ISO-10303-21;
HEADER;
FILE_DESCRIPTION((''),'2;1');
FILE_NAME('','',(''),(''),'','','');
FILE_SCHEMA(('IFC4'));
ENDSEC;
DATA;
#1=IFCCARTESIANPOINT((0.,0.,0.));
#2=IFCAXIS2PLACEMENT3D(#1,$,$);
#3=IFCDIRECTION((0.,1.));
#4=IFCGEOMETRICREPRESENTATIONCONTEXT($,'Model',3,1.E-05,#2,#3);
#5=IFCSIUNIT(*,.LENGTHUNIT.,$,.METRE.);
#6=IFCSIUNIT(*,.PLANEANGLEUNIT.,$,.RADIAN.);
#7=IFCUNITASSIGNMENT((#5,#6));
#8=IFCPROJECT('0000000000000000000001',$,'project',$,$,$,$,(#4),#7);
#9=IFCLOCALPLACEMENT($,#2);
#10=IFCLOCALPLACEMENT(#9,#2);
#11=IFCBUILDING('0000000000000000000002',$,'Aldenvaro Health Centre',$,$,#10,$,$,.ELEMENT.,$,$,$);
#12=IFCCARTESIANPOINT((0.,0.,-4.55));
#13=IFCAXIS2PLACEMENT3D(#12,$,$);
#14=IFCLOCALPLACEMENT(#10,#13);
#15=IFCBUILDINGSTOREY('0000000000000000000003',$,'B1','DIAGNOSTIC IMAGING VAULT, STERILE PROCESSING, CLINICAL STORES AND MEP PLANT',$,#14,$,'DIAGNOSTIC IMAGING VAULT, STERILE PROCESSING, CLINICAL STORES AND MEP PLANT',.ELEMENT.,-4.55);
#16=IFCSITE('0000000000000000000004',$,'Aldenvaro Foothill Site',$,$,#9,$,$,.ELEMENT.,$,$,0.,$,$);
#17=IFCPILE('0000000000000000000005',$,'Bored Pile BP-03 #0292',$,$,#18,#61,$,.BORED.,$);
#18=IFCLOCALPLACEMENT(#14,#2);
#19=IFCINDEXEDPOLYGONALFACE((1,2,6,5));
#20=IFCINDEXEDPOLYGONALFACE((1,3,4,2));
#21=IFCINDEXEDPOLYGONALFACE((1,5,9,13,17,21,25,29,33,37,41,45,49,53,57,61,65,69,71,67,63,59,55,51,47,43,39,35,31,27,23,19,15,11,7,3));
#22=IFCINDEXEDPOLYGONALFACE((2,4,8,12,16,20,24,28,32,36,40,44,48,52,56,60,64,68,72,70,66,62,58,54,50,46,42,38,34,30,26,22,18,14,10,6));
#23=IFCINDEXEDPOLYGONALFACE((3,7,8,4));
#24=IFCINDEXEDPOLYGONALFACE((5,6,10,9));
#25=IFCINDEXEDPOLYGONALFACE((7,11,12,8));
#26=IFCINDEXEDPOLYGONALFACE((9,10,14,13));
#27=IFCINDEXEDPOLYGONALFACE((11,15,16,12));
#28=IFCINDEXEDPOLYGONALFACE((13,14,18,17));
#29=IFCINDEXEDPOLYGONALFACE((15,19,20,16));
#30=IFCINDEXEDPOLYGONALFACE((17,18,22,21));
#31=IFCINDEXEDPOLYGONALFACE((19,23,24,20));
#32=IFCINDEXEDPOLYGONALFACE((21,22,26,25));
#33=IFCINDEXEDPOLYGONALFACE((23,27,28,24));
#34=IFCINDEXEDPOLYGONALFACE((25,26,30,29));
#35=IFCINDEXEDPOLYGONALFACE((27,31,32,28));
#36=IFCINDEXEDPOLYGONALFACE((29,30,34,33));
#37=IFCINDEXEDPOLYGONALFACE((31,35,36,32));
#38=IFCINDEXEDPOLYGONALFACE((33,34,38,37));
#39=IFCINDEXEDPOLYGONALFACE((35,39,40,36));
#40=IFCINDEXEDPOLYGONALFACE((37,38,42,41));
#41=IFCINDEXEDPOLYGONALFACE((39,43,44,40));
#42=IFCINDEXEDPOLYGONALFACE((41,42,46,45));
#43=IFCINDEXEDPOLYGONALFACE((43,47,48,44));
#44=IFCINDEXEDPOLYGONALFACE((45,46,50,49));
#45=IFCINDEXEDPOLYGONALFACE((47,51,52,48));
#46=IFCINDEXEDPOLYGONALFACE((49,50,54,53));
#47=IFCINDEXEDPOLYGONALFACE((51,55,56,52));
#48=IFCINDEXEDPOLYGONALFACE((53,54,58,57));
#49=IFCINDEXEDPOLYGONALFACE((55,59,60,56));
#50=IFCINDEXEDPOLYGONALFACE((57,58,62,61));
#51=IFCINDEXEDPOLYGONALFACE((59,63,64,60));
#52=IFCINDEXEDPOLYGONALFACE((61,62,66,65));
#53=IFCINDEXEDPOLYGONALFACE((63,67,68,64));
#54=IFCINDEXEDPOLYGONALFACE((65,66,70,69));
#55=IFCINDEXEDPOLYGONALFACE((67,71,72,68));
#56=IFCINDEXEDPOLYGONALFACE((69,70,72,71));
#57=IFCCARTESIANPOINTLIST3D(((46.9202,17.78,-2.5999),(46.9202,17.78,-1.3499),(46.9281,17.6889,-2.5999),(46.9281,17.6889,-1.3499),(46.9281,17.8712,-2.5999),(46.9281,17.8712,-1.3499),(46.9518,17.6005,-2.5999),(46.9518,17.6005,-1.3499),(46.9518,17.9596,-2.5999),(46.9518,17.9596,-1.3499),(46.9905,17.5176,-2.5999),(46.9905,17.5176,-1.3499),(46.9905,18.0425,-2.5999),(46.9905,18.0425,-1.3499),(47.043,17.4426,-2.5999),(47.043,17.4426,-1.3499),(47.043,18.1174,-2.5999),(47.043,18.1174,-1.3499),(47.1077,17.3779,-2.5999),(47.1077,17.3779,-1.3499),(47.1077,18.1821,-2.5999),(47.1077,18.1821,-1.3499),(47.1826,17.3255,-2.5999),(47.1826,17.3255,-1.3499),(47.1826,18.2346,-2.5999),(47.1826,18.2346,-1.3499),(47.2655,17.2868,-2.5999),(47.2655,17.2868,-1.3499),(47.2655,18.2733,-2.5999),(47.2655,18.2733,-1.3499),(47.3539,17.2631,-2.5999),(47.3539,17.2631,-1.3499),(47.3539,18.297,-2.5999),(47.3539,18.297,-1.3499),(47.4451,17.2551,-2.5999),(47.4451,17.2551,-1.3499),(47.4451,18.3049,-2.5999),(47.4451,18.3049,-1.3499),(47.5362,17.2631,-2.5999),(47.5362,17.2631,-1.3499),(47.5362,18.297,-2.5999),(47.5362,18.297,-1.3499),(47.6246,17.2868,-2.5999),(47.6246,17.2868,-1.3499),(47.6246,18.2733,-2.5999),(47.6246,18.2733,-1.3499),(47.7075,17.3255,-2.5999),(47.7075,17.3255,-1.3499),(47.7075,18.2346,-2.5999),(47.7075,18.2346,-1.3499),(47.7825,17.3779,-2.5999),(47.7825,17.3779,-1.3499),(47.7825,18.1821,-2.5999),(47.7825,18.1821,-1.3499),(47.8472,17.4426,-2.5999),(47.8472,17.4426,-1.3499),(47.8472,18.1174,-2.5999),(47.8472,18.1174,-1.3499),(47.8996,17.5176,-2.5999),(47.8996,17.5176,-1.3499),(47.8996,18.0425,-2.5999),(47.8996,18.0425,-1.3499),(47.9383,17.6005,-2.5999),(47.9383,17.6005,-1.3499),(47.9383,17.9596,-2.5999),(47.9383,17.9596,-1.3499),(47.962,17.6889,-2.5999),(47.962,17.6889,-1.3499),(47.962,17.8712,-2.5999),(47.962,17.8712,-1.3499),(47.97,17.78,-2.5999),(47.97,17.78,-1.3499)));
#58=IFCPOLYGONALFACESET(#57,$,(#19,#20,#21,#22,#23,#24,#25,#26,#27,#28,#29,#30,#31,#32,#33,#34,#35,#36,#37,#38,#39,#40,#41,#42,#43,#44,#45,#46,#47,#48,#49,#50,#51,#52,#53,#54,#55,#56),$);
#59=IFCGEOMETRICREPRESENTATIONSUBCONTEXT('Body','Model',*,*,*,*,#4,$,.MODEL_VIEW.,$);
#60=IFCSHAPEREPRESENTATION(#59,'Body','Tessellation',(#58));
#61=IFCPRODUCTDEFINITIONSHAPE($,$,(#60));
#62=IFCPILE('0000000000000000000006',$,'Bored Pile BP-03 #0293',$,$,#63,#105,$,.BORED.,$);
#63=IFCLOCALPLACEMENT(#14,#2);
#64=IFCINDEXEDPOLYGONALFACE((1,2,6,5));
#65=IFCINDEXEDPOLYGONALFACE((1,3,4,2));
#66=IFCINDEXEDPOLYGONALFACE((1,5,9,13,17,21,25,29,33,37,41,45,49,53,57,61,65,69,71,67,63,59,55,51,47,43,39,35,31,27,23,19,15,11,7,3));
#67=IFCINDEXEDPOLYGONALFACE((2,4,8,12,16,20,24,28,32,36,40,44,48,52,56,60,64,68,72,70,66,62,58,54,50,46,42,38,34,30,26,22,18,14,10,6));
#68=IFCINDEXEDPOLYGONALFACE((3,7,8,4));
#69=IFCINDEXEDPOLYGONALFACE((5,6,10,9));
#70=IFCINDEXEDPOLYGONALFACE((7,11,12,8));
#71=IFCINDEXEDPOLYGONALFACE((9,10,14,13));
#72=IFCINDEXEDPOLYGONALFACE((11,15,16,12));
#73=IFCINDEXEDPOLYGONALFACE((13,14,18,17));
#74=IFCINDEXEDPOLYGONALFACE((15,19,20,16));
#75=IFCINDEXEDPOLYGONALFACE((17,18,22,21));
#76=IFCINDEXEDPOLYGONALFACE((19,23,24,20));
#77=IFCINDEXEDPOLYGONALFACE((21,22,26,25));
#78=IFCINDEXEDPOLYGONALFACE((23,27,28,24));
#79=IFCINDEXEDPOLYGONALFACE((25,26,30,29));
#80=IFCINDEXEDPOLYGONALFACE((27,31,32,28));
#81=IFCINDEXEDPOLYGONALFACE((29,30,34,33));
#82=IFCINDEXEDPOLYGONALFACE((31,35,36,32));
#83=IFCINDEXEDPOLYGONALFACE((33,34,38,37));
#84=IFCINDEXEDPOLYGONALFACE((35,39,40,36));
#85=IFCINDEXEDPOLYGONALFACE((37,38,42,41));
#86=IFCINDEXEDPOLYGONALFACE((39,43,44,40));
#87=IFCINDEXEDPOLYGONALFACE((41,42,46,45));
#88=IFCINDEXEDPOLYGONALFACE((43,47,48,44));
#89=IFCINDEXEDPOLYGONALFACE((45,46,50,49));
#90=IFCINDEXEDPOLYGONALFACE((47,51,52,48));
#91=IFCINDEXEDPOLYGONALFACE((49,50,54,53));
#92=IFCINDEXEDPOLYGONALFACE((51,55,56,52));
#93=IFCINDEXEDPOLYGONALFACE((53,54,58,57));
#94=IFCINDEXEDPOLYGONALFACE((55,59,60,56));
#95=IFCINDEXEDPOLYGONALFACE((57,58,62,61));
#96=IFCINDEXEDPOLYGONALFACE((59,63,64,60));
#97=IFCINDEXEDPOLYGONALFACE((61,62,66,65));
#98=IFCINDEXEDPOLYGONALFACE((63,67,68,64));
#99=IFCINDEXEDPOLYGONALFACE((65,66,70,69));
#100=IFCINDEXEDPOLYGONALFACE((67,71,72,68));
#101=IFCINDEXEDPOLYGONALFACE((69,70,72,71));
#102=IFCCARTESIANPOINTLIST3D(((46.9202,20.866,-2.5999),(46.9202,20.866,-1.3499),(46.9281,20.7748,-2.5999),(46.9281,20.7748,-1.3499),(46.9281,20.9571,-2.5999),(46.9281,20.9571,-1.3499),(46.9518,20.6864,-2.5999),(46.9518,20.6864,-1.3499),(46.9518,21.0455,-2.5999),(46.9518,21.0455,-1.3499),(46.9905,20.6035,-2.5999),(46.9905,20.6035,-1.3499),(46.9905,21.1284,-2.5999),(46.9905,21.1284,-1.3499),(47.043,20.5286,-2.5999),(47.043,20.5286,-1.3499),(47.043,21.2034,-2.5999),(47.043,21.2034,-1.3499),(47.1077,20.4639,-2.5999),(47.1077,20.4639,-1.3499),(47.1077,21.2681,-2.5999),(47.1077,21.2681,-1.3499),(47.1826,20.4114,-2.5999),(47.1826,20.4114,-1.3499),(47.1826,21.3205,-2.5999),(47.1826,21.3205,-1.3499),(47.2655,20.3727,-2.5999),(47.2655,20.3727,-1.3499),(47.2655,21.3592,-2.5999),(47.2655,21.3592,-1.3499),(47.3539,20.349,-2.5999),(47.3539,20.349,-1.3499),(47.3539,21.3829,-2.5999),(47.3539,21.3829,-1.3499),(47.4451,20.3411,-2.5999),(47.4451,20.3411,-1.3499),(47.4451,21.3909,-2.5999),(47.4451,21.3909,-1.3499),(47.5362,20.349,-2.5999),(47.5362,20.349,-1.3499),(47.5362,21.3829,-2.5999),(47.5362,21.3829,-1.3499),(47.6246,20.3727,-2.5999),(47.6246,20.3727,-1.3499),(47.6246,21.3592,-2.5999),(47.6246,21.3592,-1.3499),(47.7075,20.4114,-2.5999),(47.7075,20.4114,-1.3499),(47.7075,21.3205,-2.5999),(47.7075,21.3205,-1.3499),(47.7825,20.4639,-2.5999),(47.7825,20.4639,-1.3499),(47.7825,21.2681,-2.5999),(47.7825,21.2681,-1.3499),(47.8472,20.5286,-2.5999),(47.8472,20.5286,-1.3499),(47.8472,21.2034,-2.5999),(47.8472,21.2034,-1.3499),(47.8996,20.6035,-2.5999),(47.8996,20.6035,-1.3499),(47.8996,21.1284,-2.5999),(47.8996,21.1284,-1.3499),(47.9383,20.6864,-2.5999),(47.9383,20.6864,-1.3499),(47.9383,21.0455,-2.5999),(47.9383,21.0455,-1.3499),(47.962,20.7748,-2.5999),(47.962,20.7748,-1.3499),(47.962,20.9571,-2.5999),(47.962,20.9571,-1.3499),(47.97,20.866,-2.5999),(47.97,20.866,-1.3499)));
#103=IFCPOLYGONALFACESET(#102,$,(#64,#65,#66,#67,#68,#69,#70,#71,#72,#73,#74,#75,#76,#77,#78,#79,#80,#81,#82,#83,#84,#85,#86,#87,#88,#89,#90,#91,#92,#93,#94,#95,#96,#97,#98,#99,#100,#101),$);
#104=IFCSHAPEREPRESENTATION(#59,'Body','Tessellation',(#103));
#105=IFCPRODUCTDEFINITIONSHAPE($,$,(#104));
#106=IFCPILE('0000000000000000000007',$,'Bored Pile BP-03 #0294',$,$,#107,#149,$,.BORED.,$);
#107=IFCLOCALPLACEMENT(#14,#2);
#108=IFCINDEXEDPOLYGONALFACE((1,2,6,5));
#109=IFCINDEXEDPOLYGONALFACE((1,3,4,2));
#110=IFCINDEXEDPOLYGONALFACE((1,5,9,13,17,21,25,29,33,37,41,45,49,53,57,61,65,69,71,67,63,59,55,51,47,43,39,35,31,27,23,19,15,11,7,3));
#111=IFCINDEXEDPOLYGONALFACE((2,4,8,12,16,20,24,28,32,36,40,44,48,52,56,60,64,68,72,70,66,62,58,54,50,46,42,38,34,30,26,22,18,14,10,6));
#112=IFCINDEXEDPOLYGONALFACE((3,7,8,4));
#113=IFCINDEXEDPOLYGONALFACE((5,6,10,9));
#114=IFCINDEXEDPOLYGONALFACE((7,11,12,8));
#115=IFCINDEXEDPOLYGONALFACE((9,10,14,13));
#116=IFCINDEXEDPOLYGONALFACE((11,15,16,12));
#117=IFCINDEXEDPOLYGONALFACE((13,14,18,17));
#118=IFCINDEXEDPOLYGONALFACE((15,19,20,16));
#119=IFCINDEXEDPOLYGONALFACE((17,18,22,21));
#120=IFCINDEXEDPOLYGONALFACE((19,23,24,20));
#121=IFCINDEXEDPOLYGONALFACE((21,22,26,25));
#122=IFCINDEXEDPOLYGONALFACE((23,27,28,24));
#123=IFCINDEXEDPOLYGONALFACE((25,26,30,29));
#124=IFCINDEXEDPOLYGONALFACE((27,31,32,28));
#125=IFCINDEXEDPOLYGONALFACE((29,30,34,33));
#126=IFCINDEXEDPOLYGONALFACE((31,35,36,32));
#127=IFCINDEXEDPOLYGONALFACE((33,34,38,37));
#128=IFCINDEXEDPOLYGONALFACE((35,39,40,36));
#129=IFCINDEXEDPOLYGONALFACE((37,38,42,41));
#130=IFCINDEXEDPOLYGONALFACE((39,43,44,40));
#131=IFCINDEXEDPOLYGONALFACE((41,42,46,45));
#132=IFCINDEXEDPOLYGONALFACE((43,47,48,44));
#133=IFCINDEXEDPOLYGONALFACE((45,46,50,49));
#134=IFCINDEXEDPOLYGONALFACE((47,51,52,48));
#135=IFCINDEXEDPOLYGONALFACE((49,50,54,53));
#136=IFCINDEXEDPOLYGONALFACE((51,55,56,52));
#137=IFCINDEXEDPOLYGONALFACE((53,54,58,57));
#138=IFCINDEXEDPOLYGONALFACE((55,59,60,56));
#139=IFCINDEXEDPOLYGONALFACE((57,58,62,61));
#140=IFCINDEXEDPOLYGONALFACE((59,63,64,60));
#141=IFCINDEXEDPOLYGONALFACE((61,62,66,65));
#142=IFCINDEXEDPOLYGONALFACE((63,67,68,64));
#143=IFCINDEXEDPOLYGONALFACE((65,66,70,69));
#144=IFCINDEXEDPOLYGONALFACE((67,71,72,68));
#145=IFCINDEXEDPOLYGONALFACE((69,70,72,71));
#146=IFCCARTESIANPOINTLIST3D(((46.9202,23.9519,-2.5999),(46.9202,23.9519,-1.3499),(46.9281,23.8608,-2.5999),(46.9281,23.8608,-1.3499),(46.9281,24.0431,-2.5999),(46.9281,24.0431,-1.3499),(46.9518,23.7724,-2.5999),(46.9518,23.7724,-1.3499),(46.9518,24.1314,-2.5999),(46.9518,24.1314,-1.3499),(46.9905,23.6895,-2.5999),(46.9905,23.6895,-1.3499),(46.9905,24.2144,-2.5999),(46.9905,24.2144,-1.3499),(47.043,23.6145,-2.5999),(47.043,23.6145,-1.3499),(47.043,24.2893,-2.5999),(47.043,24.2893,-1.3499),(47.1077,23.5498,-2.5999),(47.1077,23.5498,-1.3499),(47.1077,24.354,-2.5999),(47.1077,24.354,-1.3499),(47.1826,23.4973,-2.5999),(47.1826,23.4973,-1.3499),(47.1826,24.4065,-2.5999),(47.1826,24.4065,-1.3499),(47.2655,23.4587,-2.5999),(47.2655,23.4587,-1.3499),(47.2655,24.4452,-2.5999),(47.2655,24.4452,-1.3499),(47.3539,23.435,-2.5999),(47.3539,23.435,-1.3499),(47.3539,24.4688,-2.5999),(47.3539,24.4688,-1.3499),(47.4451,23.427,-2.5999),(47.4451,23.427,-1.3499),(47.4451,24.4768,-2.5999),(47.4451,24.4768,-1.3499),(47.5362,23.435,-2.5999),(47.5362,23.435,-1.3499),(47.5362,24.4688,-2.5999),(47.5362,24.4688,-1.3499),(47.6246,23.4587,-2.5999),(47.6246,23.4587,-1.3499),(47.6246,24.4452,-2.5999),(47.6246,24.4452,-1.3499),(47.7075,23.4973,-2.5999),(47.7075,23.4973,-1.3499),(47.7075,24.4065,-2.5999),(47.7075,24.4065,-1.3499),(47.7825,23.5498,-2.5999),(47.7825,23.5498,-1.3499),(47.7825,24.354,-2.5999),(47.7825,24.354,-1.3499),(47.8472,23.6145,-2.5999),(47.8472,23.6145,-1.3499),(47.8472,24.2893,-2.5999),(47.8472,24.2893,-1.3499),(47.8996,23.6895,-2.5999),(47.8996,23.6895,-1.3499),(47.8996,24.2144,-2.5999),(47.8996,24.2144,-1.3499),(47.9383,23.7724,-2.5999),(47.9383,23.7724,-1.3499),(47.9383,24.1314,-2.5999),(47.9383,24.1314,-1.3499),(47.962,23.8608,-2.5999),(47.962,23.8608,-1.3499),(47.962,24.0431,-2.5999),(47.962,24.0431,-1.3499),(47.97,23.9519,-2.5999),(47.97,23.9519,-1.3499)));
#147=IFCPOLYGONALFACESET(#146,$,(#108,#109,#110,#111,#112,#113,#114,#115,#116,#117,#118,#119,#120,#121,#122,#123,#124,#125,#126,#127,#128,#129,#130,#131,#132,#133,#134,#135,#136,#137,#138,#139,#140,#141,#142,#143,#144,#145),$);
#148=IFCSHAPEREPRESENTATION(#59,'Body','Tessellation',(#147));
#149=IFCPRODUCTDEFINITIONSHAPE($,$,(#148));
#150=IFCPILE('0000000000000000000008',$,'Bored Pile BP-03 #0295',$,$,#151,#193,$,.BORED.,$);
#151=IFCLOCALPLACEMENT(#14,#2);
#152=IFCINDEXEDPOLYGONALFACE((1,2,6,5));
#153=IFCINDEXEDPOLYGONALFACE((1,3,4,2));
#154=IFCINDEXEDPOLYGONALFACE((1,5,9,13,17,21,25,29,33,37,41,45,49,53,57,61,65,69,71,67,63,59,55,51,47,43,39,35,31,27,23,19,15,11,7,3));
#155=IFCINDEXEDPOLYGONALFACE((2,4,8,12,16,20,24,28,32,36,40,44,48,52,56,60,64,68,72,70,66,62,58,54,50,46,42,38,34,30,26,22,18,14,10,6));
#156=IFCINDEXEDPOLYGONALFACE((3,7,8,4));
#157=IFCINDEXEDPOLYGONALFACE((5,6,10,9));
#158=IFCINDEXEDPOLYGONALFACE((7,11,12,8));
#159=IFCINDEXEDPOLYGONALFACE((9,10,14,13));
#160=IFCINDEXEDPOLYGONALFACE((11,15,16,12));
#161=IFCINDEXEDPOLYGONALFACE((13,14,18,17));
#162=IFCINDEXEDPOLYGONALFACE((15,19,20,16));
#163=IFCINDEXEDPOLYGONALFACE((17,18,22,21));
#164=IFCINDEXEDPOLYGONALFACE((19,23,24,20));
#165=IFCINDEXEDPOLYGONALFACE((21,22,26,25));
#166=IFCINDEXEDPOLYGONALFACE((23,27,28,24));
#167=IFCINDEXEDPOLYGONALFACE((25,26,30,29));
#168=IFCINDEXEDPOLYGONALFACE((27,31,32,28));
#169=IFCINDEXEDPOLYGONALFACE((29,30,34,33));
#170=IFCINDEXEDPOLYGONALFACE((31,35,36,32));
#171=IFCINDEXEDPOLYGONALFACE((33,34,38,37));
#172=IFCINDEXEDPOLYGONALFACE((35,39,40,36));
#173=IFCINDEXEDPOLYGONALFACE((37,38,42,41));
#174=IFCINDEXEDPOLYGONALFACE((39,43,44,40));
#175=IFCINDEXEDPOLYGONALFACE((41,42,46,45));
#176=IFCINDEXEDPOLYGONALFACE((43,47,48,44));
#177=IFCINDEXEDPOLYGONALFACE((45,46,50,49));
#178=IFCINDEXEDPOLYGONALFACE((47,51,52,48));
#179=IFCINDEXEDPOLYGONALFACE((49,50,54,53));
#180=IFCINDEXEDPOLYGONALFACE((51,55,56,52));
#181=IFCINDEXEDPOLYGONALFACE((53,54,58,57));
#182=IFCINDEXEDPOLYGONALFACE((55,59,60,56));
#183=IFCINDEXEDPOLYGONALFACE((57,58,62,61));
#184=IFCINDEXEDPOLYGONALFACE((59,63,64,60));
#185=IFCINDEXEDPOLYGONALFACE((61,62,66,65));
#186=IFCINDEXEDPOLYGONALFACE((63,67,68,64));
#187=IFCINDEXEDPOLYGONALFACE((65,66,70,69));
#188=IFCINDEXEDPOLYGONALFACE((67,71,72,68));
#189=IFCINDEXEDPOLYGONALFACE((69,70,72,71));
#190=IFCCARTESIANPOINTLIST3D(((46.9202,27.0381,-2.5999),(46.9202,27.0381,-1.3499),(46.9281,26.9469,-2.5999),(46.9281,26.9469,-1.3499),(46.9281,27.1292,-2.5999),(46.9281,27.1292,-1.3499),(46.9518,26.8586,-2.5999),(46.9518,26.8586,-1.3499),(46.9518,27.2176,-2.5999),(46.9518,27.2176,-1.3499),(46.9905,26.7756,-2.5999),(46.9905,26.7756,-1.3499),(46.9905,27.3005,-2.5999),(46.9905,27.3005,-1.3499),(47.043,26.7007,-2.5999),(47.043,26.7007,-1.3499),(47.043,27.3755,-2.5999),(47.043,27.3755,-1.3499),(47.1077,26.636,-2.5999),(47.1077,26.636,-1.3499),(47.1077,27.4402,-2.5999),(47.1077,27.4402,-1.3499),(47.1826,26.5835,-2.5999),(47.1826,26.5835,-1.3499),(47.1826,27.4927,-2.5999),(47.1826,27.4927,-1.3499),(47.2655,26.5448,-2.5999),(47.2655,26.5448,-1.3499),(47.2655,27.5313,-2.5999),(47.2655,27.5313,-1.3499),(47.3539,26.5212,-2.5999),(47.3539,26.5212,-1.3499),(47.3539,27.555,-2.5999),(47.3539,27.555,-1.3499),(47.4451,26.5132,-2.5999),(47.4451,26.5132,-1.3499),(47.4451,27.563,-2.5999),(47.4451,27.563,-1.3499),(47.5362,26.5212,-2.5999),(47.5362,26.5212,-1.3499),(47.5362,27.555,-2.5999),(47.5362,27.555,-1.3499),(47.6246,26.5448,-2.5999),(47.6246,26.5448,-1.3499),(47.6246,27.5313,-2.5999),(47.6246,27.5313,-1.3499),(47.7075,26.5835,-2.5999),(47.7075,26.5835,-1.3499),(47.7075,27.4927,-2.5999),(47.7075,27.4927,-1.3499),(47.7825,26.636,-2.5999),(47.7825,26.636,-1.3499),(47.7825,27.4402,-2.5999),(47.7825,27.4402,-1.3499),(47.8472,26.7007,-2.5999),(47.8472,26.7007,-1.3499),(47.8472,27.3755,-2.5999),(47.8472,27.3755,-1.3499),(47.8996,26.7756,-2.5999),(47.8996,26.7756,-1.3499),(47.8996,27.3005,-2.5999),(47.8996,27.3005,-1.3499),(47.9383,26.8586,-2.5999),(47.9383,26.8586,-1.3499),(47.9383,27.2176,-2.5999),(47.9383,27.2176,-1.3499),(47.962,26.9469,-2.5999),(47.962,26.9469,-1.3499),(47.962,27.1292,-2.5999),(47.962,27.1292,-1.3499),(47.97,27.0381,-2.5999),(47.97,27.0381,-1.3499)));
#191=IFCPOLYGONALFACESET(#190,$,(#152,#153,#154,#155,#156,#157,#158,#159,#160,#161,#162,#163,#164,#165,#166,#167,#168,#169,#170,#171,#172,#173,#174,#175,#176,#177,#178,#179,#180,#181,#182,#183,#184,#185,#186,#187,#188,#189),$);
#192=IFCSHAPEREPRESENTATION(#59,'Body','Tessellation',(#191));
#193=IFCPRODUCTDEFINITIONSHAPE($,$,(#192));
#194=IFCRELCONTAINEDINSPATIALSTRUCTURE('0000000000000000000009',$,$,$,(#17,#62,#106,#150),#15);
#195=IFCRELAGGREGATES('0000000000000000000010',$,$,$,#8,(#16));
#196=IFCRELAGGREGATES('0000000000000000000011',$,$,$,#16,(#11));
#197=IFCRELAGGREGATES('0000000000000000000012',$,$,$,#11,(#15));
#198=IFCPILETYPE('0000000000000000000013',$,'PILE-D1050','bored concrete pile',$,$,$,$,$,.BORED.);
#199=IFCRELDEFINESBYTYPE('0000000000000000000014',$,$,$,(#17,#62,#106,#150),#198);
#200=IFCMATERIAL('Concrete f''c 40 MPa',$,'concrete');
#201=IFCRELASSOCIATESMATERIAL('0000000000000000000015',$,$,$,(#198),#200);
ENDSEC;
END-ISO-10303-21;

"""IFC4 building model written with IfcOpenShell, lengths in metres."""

from ifc_helpers import new_model, si_unit, direction, frame, origin, origin_2d, place, context, subcontext, project, spatial, circle, extrude, material, material_profile, profile_set, type_object, element, save


model = new_model("IFC4")

# Units and contexts
model_context = context("Model", 3, precision=1e-05, world=origin(), true_north=direction((0.0, 1.0)))
body_context = subcontext(model_context, "Body", "Model", "MODEL_VIEW")
ifc_project = project(units=[si_unit("LENGTHUNIT", "METRE"), si_unit("PLANEANGLEUNIT", "RADIAN")], contexts=[model_context])

# Site, building, storey
site_placement = place(None, origin())
site = spatial("IfcSite", under=ifc_project, at=site_placement, Name="Aldenvaro Foothill Site", CompositionType="ELEMENT", RefElevation=0.0)
building_placement = place(site_placement, origin())
building = spatial("IfcBuilding", under=site, at=building_placement, Name="Aldenvaro Health Centre", CompositionType="ELEMENT")
storey_placement = place(building_placement, frame((0.0, 0.0, -4.55)))
storey = spatial("IfcBuildingStorey", under=building, at=storey_placement, Name="B1", Description="DIAGNOSTIC IMAGING VAULT, STERILE PROCESSING, CLINICAL STORES AND MEP PLANT", LongName="DIAGNOSTIC IMAGING VAULT, STERILE PROCESSING, CLINICAL STORES AND MEP PLANT", CompositionType="ELEMENT", Elevation=-4.55)

# Piles
ifc_material = material(Name="Concrete f'c 40 MPa", Category="concrete")
ifc_material_profile_1 = material_profile(ifc_material, circle(Radius=0.5249, at=origin_2d()), Name="PILE D1050", Category="concrete")
ifc_profile_set_1 = profile_set([ifc_material_profile_1], Name="Concrete f'c 40 MPa")
pile_type = type_object("IfcPileType", Name="PILE-D1050", Description="bored concrete pile", PredefinedType="BORED", material=ifc_profile_set_1)
for number, where, z_axis, x_axis, name in (
    (1, (47.4451, 17.78, -1.3499), (0.0, 0.0, -1.0), (1.0, 0.0, 0.0), "Bored Pile BP-03 #0292"),
    (2, (47.4451, 20.866, -1.3499), (0.0, 0.0, -1.0), (1.0, 0.0, 0.0), "Bored Pile BP-03 #0293"),
    (3, (47.4451, 23.9519, -1.3499), (0.0, 0.0, -1.0), (1.0, 0.0, 0.0), "Bored Pile BP-03 #0294"),
    (4, (47.4451, 27.0381, -1.3499), (0.0, 0.0, -1.0), (1.0, 0.0, 0.0), "Bored Pile BP-03 #0295"),
):
    element("IfcPile", number, at=place(storey_placement, frame(where, z_axis=z_axis, x_axis=x_axis)), inside=storey, type_object=pile_type, Name=name, PredefinedType="BORED", context=body_context, shape_type="SweptSolid", body=[
        extrude(circle(Radius=0.5249, at=origin_2d()), origin(), (0.0, 0.0, 1.0), 1.25),
    ])

save(model, "model.ifc")
